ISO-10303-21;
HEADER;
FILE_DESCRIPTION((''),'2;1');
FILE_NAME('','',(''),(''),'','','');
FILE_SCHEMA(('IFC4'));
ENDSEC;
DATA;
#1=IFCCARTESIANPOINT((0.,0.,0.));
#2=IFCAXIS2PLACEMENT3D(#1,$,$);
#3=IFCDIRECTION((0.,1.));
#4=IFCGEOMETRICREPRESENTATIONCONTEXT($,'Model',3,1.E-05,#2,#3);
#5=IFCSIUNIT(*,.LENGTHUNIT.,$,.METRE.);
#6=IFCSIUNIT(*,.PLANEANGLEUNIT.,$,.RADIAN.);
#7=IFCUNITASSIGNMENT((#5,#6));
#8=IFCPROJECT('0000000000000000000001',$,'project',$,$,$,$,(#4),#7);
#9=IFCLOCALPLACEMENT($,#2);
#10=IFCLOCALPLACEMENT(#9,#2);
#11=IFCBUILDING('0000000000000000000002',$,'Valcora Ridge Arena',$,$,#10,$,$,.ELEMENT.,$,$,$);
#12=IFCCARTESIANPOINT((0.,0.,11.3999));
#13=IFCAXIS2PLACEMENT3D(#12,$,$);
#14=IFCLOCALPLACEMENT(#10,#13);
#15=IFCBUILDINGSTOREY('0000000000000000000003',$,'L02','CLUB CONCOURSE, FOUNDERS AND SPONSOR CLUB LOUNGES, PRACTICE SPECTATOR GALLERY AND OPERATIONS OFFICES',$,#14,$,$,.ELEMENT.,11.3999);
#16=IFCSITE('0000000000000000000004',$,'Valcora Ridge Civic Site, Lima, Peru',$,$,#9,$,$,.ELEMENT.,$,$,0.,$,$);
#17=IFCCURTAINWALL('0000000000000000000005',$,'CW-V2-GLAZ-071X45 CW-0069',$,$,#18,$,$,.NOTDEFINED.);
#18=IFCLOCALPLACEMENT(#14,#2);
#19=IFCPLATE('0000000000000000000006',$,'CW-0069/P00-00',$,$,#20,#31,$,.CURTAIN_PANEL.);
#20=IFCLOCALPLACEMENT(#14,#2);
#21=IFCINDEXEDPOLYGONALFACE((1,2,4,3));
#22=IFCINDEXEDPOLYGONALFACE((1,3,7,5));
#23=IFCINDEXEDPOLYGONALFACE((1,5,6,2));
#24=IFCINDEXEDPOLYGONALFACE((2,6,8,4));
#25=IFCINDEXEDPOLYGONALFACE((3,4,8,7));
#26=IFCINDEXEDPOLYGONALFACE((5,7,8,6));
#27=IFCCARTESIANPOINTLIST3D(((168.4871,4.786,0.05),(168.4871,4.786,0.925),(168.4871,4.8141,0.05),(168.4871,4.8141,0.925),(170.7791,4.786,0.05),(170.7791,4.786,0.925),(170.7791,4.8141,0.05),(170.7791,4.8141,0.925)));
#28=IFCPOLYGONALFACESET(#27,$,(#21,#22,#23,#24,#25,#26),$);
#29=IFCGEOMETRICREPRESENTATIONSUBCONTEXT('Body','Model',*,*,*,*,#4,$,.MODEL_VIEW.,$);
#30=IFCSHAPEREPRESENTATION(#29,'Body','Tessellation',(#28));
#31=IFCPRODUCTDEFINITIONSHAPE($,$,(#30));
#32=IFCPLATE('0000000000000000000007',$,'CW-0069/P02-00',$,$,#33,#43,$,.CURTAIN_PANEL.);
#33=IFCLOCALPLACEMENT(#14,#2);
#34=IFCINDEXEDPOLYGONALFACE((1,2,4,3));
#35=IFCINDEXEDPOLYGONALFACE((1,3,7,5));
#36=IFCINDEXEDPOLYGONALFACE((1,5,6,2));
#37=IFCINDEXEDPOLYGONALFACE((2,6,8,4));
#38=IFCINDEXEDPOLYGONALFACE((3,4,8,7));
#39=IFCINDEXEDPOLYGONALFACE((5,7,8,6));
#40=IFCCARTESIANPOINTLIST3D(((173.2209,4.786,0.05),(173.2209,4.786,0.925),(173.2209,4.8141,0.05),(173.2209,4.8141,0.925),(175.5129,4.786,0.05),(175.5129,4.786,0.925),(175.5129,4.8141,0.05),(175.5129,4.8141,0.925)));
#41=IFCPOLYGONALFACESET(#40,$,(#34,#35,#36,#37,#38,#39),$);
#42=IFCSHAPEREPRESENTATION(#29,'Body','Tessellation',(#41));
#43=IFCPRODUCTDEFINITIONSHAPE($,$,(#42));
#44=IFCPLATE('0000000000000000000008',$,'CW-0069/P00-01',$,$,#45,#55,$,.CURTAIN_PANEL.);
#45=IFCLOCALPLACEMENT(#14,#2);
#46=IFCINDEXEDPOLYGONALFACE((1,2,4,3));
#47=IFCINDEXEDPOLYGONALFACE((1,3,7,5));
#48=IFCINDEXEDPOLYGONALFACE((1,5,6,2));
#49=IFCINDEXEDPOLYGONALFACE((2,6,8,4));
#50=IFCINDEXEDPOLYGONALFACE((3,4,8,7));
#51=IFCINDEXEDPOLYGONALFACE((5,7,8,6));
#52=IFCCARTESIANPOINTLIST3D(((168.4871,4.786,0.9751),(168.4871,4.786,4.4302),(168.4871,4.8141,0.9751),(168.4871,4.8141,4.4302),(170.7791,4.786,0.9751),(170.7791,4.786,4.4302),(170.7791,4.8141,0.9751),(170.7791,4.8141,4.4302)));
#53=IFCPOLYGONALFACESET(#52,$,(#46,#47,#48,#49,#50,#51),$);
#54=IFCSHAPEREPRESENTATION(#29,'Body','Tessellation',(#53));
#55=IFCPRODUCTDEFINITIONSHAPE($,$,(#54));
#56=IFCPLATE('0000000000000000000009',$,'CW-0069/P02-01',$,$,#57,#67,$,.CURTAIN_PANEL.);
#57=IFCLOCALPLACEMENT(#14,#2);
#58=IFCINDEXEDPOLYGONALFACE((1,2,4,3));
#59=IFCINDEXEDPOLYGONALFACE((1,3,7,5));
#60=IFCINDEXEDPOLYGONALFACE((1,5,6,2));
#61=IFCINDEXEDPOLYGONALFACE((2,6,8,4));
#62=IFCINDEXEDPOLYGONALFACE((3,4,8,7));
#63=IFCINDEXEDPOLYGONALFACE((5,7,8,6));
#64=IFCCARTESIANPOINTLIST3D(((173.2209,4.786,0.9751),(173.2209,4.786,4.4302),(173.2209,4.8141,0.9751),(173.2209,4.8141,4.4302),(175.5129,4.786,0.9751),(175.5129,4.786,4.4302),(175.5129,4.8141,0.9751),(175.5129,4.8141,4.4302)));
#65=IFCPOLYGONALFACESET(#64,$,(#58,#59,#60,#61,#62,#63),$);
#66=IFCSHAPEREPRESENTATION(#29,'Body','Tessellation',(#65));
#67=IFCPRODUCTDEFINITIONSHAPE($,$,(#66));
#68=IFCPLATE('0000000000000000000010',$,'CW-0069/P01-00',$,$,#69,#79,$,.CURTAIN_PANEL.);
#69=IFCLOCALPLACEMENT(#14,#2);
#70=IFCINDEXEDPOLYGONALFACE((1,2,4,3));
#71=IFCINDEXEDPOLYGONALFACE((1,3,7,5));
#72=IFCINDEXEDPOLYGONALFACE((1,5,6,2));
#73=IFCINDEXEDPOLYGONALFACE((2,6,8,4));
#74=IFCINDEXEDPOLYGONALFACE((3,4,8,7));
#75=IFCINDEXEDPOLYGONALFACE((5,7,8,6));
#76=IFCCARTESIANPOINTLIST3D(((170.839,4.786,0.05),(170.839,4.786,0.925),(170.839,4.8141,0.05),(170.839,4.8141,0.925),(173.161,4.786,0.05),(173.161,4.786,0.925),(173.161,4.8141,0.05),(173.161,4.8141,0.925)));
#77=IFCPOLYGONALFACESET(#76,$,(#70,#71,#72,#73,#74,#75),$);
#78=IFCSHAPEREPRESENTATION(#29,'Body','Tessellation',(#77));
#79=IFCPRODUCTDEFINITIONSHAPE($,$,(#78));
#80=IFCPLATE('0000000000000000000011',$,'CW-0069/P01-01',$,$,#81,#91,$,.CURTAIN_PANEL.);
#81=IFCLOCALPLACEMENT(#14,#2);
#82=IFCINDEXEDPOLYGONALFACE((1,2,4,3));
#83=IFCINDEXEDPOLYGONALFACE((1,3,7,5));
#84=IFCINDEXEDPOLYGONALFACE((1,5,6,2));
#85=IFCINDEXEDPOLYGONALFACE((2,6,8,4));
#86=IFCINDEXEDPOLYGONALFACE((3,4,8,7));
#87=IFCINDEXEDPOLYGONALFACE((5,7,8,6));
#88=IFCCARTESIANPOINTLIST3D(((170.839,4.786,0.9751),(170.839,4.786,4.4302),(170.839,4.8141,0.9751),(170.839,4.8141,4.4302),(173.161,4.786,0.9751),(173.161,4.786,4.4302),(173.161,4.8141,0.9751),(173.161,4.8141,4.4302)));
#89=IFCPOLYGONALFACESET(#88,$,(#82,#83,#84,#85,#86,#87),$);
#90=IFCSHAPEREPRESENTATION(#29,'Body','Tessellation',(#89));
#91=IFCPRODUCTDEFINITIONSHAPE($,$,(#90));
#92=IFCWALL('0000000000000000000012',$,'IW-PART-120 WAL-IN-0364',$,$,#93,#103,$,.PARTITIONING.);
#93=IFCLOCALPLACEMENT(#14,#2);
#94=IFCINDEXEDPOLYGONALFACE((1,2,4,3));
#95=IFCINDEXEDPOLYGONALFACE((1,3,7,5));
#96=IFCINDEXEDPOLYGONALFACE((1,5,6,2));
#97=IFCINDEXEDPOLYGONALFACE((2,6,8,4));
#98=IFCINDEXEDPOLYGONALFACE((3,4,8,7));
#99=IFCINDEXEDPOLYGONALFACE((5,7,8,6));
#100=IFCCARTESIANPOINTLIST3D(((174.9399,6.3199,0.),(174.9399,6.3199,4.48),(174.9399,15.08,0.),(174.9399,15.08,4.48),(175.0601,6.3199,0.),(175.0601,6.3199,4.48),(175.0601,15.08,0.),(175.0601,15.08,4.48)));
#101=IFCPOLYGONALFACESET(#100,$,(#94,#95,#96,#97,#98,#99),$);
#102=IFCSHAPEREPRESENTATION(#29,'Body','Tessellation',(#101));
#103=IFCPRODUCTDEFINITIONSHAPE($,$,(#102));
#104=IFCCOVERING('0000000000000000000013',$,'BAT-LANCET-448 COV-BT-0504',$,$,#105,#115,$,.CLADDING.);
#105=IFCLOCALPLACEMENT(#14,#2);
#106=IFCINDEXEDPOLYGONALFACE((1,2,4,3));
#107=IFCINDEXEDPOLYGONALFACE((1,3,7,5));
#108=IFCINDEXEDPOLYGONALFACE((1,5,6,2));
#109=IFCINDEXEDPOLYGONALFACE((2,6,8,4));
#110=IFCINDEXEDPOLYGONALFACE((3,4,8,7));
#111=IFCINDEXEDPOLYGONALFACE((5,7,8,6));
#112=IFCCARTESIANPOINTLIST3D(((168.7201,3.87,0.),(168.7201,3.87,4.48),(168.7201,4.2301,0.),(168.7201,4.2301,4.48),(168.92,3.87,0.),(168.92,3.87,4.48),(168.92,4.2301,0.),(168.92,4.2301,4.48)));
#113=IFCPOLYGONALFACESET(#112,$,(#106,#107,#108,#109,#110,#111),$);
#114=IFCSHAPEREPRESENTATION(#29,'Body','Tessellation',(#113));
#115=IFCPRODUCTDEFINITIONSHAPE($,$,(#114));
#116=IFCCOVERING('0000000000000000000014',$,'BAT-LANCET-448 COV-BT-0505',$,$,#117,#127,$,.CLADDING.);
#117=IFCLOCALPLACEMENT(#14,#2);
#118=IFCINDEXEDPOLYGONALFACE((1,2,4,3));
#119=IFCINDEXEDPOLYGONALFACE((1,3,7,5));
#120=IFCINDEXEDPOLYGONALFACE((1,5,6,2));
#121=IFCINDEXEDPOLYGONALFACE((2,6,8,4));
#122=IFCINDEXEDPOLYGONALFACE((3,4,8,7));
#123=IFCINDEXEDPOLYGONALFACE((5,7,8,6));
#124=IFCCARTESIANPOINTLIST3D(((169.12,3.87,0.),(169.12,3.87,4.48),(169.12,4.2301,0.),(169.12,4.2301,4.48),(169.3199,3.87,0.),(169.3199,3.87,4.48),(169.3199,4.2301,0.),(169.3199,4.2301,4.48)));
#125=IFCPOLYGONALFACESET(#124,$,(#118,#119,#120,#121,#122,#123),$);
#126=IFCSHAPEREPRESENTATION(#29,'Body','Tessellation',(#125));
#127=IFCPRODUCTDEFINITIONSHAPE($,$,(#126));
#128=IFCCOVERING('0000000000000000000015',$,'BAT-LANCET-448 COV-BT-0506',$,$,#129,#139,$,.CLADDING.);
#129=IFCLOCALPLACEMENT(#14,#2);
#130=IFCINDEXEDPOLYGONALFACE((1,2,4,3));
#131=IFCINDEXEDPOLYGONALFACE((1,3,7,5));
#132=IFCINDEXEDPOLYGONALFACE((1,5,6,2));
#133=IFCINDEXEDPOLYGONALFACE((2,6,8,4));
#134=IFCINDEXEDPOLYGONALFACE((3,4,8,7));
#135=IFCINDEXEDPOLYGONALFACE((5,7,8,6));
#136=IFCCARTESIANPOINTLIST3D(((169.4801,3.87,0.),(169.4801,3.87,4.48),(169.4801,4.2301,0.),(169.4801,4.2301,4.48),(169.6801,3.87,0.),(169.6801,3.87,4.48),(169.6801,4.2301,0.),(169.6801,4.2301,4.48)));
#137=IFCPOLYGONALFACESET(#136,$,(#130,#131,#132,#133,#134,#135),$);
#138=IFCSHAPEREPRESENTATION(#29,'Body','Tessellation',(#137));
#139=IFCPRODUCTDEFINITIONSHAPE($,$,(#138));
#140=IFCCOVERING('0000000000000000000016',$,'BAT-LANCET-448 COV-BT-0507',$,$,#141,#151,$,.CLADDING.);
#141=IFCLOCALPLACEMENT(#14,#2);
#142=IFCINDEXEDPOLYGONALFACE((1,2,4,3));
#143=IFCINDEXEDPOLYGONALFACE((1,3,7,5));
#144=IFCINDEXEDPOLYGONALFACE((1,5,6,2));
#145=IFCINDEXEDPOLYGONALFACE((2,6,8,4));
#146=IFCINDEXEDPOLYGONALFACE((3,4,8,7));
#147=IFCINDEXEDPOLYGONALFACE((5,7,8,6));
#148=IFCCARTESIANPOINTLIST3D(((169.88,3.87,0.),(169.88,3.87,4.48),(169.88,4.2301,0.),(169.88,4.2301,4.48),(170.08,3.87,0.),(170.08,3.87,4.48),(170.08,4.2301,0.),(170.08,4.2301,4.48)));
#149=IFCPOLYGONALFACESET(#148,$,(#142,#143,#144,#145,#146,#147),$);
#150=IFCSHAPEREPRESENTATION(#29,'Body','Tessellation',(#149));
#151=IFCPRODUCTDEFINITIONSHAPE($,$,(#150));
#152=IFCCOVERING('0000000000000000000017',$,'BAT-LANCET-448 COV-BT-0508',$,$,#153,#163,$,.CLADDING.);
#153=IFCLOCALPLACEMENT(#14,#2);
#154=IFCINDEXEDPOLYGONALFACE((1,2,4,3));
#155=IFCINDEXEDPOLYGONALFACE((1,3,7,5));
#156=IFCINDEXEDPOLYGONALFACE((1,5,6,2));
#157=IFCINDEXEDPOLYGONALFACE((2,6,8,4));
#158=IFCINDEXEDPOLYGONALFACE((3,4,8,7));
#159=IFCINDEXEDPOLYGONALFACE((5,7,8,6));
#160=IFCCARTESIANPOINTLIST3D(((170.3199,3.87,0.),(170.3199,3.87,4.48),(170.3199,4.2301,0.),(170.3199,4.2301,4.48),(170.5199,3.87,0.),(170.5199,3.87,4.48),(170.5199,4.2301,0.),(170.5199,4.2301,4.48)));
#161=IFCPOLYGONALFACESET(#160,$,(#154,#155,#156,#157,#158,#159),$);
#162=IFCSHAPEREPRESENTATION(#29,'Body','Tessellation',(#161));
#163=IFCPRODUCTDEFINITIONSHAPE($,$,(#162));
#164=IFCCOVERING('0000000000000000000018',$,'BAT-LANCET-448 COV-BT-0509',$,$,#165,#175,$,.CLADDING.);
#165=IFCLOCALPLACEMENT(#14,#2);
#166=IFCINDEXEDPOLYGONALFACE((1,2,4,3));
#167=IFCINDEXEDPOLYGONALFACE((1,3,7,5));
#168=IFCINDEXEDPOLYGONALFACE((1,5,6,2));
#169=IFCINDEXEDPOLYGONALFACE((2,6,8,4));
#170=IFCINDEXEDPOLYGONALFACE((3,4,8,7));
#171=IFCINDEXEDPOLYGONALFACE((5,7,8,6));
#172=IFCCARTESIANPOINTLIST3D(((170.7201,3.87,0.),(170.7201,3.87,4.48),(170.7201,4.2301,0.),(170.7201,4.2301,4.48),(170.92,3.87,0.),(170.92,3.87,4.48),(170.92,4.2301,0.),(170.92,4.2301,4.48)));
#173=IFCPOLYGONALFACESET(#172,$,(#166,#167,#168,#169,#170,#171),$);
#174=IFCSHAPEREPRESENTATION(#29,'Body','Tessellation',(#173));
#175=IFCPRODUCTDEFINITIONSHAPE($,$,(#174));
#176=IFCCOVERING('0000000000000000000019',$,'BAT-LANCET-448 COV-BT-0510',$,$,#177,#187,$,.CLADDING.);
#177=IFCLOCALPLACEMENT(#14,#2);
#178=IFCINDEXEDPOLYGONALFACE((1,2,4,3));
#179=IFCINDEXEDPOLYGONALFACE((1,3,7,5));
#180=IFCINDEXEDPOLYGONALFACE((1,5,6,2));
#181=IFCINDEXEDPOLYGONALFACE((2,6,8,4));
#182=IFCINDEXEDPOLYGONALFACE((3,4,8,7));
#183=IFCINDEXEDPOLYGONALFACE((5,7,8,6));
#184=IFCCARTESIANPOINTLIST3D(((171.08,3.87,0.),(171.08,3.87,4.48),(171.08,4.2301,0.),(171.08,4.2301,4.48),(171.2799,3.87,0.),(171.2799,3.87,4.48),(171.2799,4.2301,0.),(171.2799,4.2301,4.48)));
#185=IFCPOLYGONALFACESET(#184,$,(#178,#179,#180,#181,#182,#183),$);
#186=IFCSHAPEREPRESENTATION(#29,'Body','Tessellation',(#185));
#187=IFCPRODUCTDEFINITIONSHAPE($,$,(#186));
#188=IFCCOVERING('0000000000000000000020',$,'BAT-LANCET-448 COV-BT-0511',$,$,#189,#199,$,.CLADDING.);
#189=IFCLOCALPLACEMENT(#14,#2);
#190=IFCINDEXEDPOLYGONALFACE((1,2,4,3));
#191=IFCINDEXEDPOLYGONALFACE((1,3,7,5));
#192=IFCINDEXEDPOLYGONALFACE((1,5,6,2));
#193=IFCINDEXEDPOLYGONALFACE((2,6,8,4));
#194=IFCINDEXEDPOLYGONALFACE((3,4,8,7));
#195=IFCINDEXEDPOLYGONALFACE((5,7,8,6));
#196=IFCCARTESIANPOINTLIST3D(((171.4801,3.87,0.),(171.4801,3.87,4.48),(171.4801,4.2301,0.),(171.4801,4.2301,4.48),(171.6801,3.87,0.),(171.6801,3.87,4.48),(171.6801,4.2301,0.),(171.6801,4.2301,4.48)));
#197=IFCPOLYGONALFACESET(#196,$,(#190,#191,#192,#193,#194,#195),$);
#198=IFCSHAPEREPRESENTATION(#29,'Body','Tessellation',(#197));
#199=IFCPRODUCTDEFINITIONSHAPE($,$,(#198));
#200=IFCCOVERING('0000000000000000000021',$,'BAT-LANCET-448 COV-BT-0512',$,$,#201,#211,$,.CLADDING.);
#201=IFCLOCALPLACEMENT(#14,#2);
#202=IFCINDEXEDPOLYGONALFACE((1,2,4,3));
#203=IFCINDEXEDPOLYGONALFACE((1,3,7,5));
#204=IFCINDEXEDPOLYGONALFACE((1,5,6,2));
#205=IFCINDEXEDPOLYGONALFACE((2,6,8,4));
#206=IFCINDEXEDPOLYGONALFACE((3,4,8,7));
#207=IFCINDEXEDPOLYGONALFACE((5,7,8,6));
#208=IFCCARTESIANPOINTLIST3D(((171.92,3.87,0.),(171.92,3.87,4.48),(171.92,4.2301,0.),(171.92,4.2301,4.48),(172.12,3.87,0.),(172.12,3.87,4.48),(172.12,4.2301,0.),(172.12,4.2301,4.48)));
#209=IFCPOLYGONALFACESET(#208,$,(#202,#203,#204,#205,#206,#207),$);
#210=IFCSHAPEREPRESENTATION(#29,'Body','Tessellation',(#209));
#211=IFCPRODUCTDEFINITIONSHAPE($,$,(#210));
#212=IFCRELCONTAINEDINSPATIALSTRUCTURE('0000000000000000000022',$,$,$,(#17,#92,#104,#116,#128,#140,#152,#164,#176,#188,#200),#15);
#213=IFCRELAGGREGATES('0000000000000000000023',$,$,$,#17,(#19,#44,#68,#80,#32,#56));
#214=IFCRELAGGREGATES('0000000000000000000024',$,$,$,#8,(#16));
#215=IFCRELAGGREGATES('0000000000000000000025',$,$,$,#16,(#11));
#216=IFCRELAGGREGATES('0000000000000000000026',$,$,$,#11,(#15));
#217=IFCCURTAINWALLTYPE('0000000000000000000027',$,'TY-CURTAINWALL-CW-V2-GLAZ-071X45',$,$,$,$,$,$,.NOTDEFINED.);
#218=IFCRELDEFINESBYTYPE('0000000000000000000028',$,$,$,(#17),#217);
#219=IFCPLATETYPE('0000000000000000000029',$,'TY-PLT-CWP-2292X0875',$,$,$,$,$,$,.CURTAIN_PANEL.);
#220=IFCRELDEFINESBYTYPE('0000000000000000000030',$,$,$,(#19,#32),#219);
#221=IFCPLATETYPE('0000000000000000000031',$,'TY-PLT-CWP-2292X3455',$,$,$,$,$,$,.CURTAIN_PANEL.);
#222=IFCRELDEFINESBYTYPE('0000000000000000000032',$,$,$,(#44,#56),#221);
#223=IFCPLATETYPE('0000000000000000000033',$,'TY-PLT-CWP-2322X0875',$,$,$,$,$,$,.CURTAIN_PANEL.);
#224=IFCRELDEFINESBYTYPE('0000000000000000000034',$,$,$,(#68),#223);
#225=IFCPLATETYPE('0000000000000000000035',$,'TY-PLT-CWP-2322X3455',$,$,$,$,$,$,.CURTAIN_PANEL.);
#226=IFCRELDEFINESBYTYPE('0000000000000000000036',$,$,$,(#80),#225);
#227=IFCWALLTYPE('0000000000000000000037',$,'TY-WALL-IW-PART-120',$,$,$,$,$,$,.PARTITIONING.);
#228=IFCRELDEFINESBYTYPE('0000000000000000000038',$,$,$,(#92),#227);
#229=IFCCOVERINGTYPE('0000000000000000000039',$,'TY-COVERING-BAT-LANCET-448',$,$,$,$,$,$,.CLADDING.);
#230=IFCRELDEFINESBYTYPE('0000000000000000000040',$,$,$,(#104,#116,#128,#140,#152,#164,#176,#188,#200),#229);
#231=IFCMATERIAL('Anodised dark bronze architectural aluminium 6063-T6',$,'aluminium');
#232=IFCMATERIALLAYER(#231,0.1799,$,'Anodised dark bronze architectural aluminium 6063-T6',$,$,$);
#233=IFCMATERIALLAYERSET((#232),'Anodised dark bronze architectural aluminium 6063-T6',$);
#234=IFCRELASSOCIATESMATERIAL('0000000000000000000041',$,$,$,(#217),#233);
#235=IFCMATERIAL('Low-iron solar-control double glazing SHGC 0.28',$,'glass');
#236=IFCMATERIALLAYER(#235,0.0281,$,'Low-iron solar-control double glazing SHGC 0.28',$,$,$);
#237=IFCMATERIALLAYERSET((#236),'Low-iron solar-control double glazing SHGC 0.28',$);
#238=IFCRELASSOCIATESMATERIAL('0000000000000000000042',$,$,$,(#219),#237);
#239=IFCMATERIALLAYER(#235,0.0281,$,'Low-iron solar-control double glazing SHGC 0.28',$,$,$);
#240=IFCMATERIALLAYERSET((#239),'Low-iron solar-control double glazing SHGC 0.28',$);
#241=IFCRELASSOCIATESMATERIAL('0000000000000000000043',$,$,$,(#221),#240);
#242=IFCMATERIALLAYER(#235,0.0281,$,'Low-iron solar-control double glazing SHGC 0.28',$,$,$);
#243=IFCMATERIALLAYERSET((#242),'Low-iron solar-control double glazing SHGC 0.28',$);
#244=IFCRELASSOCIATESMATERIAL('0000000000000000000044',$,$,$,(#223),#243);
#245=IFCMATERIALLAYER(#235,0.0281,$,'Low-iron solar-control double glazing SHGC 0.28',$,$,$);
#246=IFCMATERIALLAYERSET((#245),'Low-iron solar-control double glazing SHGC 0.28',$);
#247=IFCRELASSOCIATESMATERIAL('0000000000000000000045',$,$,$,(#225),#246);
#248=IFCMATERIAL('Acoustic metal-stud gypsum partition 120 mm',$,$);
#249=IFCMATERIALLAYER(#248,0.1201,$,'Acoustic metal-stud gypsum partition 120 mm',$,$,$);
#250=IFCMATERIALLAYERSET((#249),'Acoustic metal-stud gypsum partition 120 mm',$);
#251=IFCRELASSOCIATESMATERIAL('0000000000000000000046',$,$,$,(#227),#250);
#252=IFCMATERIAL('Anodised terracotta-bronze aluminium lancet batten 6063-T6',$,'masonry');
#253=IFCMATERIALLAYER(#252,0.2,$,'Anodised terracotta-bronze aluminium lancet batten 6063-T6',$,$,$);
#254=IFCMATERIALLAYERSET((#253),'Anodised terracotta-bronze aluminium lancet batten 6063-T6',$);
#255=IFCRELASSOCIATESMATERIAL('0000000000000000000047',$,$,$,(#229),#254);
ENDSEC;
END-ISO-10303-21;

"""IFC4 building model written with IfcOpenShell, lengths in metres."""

from ifc_helpers import new_model, si_unit, direction, frame, frame_2d, origin, origin_2d, place, context, subcontext, project, spatial, rectangle, extrude, material, layer, layer_set, type_object, element, aggregate, save


model = new_model("IFC4")

# Units and contexts
model_context = context("Model", 3, precision=1e-05, world=origin(), true_north=direction((0.0, 1.0)))
body_context = subcontext(model_context, "Body", "Model", "MODEL_VIEW")
ifc_project = project(units=[si_unit("LENGTHUNIT", "METRE"), si_unit("PLANEANGLEUNIT", "RADIAN")], contexts=[model_context])

# Site, building, storey
site_placement = place(None, origin())
site = spatial("IfcSite", under=ifc_project, at=site_placement, Name="Valcora Ridge Civic Site, Lima, Peru", CompositionType="ELEMENT", RefElevation=0.0)
building_placement = place(site_placement, origin())
building = spatial("IfcBuilding", under=site, at=building_placement, Name="Valcora Ridge Arena", CompositionType="ELEMENT")
storey_placement = place(building_placement, frame((0.0, 0.0, 11.3999)))
storey = spatial("IfcBuildingStorey", under=building, at=storey_placement, Name="L02", Description="CLUB CONCOURSE, FOUNDERS AND SPONSOR CLUB LOUNGES, PRACTICE SPECTATOR GALLERY AND OPERATIONS OFFICES", CompositionType="ELEMENT", Elevation=11.3999)

# Curtain wall, plates
ifc_material_1 = material(Name="Anodised dark bronze architectural aluminium 6063-T6", Category="aluminium")
ifc_layer_1 = layer(ifc_material_1, 0.1799, Name="Anodised dark bronze architectural aluminium 6063-T6")
ifc_layer_set_1 = layer_set([ifc_layer_1], Name="Anodised dark bronze architectural aluminium 6063-T6")
curtain_wall_type = type_object("IfcCurtainWallType", Name="TY-CURTAINWALL-CW-V2-GLAZ-071X45", PredefinedType="NOTDEFINED", material=ifc_layer_set_1)
curtain_wall_placement = place(storey_placement, origin())
curtain_wall = element("IfcCurtainWall", 1, at=curtain_wall_placement, inside=storey, type_object=curtain_wall_type, Name="CW-V2-GLAZ-071X45 CW-0069", PredefinedType="NOTDEFINED")
ifc_material_2 = material(Name="Low-iron solar-control double glazing SHGC 0.28", Category="glass")
ifc_layer_2 = layer(ifc_material_2, 0.0281, Name="Low-iron solar-control double glazing SHGC 0.28")
ifc_layer_set_2 = layer_set([ifc_layer_2], Name="Low-iron solar-control double glazing SHGC 0.28")
plate_type_1 = type_object("IfcPlateType", Name="TY-PLT-CWP-2292X0875", PredefinedType="CURTAIN_PANEL", material=ifc_layer_set_2)
plate_1_placement = place(storey_placement, frame((169.6331, 4.8, 0.05), z_axis=(0.0, 0.0, 1.0), x_axis=(1.0, 0.0, 0.0)))
plate_1 = element("IfcPlate", 2, at=plate_1_placement, type_object=plate_type_1, Name="CW-0069/P00-00", PredefinedType="CURTAIN_PANEL", context=body_context, shape_type="SweptSolid", body=[
    extrude(rectangle(XDim=2.292, YDim=0.0281, at=origin_2d()), origin(), (0.0, 0.0, 1.0), 0.875),
])
plate_2_placement = place(storey_placement, frame((174.3669, 4.8, 0.05), z_axis=(0.0, 0.0, 1.0), x_axis=(1.0, 0.0, 0.0)))
plate_2 = element("IfcPlate", 3, at=plate_2_placement, type_object=plate_type_1, Name="CW-0069/P02-00", PredefinedType="CURTAIN_PANEL", context=body_context, shape_type="SweptSolid", body=[
    extrude(rectangle(XDim=2.292, YDim=0.0281, at=origin_2d()), origin(), (0.0, 0.0, 1.0), 0.875),
])
ifc_layer_3 = layer(ifc_material_2, 0.0281, Name="Low-iron solar-control double glazing SHGC 0.28")
ifc_layer_set_3 = layer_set([ifc_layer_3], Name="Low-iron solar-control double glazing SHGC 0.28")
plate_type_2 = type_object("IfcPlateType", Name="TY-PLT-CWP-2292X3455", PredefinedType="CURTAIN_PANEL", material=ifc_layer_set_3)
plate_3_placement = place(storey_placement, frame((169.6331, 4.8, 0.9751), z_axis=(0.0, 0.0, 1.0), x_axis=(1.0, 0.0, 0.0)))
plate_3 = element("IfcPlate", 4, at=plate_3_placement, type_object=plate_type_2, Name="CW-0069/P00-01", PredefinedType="CURTAIN_PANEL", context=body_context, shape_type="SweptSolid", body=[
    extrude(rectangle(XDim=2.292, YDim=0.0281, at=origin_2d()), origin(), (0.0, 0.0, 1.0), 3.4551),
])
plate_4_placement = place(storey_placement, frame((174.3669, 4.8, 0.9751), z_axis=(0.0, 0.0, 1.0), x_axis=(1.0, 0.0, 0.0)))
plate_4 = element("IfcPlate", 5, at=plate_4_placement, type_object=plate_type_2, Name="CW-0069/P02-01", PredefinedType="CURTAIN_PANEL", context=body_context, shape_type="SweptSolid", body=[
    extrude(rectangle(XDim=2.292, YDim=0.0281, at=origin_2d()), origin(), (0.0, 0.0, 1.0), 3.4551),
])
ifc_layer_4 = layer(ifc_material_2, 0.0281, Name="Low-iron solar-control double glazing SHGC 0.28")
ifc_layer_set_4 = layer_set([ifc_layer_4], Name="Low-iron solar-control double glazing SHGC 0.28")
plate_type_3 = type_object("IfcPlateType", Name="TY-PLT-CWP-2322X0875", PredefinedType="CURTAIN_PANEL", material=ifc_layer_set_4)
plate_5_placement = place(storey_placement, frame((172.0, 4.8, 0.05), z_axis=(0.0, 0.0, 1.0), x_axis=(1.0, 0.0, 0.0)))
plate_5 = element("IfcPlate", 6, at=plate_5_placement, type_object=plate_type_3, Name="CW-0069/P01-00", PredefinedType="CURTAIN_PANEL", context=body_context, shape_type="SweptSolid", body=[
    extrude(rectangle(XDim=2.322, YDim=0.0281, at=origin_2d()), origin(), (0.0, 0.0, 1.0), 0.875),
])
ifc_layer_5 = layer(ifc_material_2, 0.0281, Name="Low-iron solar-control double glazing SHGC 0.28")
ifc_layer_set_5 = layer_set([ifc_layer_5], Name="Low-iron solar-control double glazing SHGC 0.28")
plate_type_4 = type_object("IfcPlateType", Name="TY-PLT-CWP-2322X3455", PredefinedType="CURTAIN_PANEL", material=ifc_layer_set_5)
plate_6_placement = place(storey_placement, frame((172.0, 4.8, 0.9751), z_axis=(0.0, 0.0, 1.0), x_axis=(1.0, 0.0, 0.0)))
plate_6 = element("IfcPlate", 7, at=plate_6_placement, type_object=plate_type_4, Name="CW-0069/P01-01", PredefinedType="CURTAIN_PANEL", context=body_context, shape_type="SweptSolid", body=[
    extrude(rectangle(XDim=2.322, YDim=0.0281, at=origin_2d()), origin(), (0.0, 0.0, 1.0), 3.4551),
])
aggregate(curtain_wall, [plate_1, plate_3, plate_5, plate_6, plate_2, plate_4])

# Wall
ifc_material_3 = material(Name="Acoustic metal-stud gypsum partition 120 mm")
ifc_layer_6 = layer(ifc_material_3, 0.1201, Name="Acoustic metal-stud gypsum partition 120 mm")
ifc_layer_set_6 = layer_set([ifc_layer_6], Name="Acoustic metal-stud gypsum partition 120 mm")
wall_type = type_object("IfcWallType", Name="TY-WALL-IW-PART-120", PredefinedType="PARTITIONING", material=ifc_layer_set_6)
wall_placement = place(storey_placement, frame((175.0, 6.3201, 0.0), z_axis=(0.0, 0.0, 1.0), x_axis=(0.0, 1.0, 0.0)))
element("IfcWall", 8, at=wall_placement, inside=storey, type_object=wall_type, Name="IW-PART-120 WAL-IN-0364", PredefinedType="PARTITIONING", context=body_context, shape_type="SweptSolid", body=[
    extrude(rectangle(XDim=8.76, YDim=0.1201, at=frame_2d((4.3799, 0.0))), origin(), (0.0, 0.0, 1.0), 4.48),
])

# Coverings
ifc_material_4 = material(Name="Anodised terracotta-bronze aluminium lancet batten 6063-T6", Category="masonry")
ifc_layer_7 = layer(ifc_material_4, 0.2, Name="Anodised terracotta-bronze aluminium lancet batten 6063-T6")
ifc_layer_set_7 = layer_set([ifc_layer_7], Name="Anodised terracotta-bronze aluminium lancet batten 6063-T6")
covering_type = type_object("IfcCoveringType", Name="TY-COVERING-BAT-LANCET-448", PredefinedType="CLADDING", material=ifc_layer_set_7)
for number, where, z_axis, x_axis, name in (
    (9, (168.8201, 4.05, 0.0), (0.0, 0.0, 1.0), (1.0, 0.0, 0.0), "BAT-LANCET-448 COV-BT-0504"),
    (10, (169.22, 4.05, 0.0), (0.0, 0.0, 1.0), (1.0, 0.0, 0.0), "BAT-LANCET-448 COV-BT-0505"),
    (11, (169.5801, 4.05, 0.0), (0.0, 0.0, 1.0), (1.0, 0.0, 0.0), "BAT-LANCET-448 COV-BT-0506"),
    (12, (169.98, 4.05, 0.0), (0.0, 0.0, 1.0), (1.0, 0.0, 0.0), "BAT-LANCET-448 COV-BT-0507"),
    (13, (170.4199, 4.05, 0.0), (0.0, 0.0, 1.0), (1.0, 0.0, 0.0), "BAT-LANCET-448 COV-BT-0508"),
    (14, (170.8201, 4.05, 0.0), (0.0, 0.0, 1.0), (1.0, 0.0, 0.0), "BAT-LANCET-448 COV-BT-0509"),
    (15, (171.1799, 4.05, 0.0), (0.0, 0.0, 1.0), (1.0, 0.0, 0.0), "BAT-LANCET-448 COV-BT-0510"),
    (16, (171.5801, 4.05, 0.0), (0.0, 0.0, 1.0), (1.0, 0.0, 0.0), "BAT-LANCET-448 COV-BT-0511"),
    (17, (172.02, 4.05, 0.0), (0.0, 0.0, 1.0), (1.0, 0.0, 0.0), "BAT-LANCET-448 COV-BT-0512"),
):
    element("IfcCovering", number, at=place(storey_placement, frame(where, z_axis=z_axis, x_axis=x_axis)), inside=storey, type_object=covering_type, Name=name, PredefinedType="CLADDING", context=body_context, shape_type="SweptSolid", body=[
        extrude(rectangle(XDim=0.2, YDim=0.3601, at=origin_2d()), origin(), (0.0, 0.0, 1.0), 4.48),
    ])

save(model, "model.ifc")
